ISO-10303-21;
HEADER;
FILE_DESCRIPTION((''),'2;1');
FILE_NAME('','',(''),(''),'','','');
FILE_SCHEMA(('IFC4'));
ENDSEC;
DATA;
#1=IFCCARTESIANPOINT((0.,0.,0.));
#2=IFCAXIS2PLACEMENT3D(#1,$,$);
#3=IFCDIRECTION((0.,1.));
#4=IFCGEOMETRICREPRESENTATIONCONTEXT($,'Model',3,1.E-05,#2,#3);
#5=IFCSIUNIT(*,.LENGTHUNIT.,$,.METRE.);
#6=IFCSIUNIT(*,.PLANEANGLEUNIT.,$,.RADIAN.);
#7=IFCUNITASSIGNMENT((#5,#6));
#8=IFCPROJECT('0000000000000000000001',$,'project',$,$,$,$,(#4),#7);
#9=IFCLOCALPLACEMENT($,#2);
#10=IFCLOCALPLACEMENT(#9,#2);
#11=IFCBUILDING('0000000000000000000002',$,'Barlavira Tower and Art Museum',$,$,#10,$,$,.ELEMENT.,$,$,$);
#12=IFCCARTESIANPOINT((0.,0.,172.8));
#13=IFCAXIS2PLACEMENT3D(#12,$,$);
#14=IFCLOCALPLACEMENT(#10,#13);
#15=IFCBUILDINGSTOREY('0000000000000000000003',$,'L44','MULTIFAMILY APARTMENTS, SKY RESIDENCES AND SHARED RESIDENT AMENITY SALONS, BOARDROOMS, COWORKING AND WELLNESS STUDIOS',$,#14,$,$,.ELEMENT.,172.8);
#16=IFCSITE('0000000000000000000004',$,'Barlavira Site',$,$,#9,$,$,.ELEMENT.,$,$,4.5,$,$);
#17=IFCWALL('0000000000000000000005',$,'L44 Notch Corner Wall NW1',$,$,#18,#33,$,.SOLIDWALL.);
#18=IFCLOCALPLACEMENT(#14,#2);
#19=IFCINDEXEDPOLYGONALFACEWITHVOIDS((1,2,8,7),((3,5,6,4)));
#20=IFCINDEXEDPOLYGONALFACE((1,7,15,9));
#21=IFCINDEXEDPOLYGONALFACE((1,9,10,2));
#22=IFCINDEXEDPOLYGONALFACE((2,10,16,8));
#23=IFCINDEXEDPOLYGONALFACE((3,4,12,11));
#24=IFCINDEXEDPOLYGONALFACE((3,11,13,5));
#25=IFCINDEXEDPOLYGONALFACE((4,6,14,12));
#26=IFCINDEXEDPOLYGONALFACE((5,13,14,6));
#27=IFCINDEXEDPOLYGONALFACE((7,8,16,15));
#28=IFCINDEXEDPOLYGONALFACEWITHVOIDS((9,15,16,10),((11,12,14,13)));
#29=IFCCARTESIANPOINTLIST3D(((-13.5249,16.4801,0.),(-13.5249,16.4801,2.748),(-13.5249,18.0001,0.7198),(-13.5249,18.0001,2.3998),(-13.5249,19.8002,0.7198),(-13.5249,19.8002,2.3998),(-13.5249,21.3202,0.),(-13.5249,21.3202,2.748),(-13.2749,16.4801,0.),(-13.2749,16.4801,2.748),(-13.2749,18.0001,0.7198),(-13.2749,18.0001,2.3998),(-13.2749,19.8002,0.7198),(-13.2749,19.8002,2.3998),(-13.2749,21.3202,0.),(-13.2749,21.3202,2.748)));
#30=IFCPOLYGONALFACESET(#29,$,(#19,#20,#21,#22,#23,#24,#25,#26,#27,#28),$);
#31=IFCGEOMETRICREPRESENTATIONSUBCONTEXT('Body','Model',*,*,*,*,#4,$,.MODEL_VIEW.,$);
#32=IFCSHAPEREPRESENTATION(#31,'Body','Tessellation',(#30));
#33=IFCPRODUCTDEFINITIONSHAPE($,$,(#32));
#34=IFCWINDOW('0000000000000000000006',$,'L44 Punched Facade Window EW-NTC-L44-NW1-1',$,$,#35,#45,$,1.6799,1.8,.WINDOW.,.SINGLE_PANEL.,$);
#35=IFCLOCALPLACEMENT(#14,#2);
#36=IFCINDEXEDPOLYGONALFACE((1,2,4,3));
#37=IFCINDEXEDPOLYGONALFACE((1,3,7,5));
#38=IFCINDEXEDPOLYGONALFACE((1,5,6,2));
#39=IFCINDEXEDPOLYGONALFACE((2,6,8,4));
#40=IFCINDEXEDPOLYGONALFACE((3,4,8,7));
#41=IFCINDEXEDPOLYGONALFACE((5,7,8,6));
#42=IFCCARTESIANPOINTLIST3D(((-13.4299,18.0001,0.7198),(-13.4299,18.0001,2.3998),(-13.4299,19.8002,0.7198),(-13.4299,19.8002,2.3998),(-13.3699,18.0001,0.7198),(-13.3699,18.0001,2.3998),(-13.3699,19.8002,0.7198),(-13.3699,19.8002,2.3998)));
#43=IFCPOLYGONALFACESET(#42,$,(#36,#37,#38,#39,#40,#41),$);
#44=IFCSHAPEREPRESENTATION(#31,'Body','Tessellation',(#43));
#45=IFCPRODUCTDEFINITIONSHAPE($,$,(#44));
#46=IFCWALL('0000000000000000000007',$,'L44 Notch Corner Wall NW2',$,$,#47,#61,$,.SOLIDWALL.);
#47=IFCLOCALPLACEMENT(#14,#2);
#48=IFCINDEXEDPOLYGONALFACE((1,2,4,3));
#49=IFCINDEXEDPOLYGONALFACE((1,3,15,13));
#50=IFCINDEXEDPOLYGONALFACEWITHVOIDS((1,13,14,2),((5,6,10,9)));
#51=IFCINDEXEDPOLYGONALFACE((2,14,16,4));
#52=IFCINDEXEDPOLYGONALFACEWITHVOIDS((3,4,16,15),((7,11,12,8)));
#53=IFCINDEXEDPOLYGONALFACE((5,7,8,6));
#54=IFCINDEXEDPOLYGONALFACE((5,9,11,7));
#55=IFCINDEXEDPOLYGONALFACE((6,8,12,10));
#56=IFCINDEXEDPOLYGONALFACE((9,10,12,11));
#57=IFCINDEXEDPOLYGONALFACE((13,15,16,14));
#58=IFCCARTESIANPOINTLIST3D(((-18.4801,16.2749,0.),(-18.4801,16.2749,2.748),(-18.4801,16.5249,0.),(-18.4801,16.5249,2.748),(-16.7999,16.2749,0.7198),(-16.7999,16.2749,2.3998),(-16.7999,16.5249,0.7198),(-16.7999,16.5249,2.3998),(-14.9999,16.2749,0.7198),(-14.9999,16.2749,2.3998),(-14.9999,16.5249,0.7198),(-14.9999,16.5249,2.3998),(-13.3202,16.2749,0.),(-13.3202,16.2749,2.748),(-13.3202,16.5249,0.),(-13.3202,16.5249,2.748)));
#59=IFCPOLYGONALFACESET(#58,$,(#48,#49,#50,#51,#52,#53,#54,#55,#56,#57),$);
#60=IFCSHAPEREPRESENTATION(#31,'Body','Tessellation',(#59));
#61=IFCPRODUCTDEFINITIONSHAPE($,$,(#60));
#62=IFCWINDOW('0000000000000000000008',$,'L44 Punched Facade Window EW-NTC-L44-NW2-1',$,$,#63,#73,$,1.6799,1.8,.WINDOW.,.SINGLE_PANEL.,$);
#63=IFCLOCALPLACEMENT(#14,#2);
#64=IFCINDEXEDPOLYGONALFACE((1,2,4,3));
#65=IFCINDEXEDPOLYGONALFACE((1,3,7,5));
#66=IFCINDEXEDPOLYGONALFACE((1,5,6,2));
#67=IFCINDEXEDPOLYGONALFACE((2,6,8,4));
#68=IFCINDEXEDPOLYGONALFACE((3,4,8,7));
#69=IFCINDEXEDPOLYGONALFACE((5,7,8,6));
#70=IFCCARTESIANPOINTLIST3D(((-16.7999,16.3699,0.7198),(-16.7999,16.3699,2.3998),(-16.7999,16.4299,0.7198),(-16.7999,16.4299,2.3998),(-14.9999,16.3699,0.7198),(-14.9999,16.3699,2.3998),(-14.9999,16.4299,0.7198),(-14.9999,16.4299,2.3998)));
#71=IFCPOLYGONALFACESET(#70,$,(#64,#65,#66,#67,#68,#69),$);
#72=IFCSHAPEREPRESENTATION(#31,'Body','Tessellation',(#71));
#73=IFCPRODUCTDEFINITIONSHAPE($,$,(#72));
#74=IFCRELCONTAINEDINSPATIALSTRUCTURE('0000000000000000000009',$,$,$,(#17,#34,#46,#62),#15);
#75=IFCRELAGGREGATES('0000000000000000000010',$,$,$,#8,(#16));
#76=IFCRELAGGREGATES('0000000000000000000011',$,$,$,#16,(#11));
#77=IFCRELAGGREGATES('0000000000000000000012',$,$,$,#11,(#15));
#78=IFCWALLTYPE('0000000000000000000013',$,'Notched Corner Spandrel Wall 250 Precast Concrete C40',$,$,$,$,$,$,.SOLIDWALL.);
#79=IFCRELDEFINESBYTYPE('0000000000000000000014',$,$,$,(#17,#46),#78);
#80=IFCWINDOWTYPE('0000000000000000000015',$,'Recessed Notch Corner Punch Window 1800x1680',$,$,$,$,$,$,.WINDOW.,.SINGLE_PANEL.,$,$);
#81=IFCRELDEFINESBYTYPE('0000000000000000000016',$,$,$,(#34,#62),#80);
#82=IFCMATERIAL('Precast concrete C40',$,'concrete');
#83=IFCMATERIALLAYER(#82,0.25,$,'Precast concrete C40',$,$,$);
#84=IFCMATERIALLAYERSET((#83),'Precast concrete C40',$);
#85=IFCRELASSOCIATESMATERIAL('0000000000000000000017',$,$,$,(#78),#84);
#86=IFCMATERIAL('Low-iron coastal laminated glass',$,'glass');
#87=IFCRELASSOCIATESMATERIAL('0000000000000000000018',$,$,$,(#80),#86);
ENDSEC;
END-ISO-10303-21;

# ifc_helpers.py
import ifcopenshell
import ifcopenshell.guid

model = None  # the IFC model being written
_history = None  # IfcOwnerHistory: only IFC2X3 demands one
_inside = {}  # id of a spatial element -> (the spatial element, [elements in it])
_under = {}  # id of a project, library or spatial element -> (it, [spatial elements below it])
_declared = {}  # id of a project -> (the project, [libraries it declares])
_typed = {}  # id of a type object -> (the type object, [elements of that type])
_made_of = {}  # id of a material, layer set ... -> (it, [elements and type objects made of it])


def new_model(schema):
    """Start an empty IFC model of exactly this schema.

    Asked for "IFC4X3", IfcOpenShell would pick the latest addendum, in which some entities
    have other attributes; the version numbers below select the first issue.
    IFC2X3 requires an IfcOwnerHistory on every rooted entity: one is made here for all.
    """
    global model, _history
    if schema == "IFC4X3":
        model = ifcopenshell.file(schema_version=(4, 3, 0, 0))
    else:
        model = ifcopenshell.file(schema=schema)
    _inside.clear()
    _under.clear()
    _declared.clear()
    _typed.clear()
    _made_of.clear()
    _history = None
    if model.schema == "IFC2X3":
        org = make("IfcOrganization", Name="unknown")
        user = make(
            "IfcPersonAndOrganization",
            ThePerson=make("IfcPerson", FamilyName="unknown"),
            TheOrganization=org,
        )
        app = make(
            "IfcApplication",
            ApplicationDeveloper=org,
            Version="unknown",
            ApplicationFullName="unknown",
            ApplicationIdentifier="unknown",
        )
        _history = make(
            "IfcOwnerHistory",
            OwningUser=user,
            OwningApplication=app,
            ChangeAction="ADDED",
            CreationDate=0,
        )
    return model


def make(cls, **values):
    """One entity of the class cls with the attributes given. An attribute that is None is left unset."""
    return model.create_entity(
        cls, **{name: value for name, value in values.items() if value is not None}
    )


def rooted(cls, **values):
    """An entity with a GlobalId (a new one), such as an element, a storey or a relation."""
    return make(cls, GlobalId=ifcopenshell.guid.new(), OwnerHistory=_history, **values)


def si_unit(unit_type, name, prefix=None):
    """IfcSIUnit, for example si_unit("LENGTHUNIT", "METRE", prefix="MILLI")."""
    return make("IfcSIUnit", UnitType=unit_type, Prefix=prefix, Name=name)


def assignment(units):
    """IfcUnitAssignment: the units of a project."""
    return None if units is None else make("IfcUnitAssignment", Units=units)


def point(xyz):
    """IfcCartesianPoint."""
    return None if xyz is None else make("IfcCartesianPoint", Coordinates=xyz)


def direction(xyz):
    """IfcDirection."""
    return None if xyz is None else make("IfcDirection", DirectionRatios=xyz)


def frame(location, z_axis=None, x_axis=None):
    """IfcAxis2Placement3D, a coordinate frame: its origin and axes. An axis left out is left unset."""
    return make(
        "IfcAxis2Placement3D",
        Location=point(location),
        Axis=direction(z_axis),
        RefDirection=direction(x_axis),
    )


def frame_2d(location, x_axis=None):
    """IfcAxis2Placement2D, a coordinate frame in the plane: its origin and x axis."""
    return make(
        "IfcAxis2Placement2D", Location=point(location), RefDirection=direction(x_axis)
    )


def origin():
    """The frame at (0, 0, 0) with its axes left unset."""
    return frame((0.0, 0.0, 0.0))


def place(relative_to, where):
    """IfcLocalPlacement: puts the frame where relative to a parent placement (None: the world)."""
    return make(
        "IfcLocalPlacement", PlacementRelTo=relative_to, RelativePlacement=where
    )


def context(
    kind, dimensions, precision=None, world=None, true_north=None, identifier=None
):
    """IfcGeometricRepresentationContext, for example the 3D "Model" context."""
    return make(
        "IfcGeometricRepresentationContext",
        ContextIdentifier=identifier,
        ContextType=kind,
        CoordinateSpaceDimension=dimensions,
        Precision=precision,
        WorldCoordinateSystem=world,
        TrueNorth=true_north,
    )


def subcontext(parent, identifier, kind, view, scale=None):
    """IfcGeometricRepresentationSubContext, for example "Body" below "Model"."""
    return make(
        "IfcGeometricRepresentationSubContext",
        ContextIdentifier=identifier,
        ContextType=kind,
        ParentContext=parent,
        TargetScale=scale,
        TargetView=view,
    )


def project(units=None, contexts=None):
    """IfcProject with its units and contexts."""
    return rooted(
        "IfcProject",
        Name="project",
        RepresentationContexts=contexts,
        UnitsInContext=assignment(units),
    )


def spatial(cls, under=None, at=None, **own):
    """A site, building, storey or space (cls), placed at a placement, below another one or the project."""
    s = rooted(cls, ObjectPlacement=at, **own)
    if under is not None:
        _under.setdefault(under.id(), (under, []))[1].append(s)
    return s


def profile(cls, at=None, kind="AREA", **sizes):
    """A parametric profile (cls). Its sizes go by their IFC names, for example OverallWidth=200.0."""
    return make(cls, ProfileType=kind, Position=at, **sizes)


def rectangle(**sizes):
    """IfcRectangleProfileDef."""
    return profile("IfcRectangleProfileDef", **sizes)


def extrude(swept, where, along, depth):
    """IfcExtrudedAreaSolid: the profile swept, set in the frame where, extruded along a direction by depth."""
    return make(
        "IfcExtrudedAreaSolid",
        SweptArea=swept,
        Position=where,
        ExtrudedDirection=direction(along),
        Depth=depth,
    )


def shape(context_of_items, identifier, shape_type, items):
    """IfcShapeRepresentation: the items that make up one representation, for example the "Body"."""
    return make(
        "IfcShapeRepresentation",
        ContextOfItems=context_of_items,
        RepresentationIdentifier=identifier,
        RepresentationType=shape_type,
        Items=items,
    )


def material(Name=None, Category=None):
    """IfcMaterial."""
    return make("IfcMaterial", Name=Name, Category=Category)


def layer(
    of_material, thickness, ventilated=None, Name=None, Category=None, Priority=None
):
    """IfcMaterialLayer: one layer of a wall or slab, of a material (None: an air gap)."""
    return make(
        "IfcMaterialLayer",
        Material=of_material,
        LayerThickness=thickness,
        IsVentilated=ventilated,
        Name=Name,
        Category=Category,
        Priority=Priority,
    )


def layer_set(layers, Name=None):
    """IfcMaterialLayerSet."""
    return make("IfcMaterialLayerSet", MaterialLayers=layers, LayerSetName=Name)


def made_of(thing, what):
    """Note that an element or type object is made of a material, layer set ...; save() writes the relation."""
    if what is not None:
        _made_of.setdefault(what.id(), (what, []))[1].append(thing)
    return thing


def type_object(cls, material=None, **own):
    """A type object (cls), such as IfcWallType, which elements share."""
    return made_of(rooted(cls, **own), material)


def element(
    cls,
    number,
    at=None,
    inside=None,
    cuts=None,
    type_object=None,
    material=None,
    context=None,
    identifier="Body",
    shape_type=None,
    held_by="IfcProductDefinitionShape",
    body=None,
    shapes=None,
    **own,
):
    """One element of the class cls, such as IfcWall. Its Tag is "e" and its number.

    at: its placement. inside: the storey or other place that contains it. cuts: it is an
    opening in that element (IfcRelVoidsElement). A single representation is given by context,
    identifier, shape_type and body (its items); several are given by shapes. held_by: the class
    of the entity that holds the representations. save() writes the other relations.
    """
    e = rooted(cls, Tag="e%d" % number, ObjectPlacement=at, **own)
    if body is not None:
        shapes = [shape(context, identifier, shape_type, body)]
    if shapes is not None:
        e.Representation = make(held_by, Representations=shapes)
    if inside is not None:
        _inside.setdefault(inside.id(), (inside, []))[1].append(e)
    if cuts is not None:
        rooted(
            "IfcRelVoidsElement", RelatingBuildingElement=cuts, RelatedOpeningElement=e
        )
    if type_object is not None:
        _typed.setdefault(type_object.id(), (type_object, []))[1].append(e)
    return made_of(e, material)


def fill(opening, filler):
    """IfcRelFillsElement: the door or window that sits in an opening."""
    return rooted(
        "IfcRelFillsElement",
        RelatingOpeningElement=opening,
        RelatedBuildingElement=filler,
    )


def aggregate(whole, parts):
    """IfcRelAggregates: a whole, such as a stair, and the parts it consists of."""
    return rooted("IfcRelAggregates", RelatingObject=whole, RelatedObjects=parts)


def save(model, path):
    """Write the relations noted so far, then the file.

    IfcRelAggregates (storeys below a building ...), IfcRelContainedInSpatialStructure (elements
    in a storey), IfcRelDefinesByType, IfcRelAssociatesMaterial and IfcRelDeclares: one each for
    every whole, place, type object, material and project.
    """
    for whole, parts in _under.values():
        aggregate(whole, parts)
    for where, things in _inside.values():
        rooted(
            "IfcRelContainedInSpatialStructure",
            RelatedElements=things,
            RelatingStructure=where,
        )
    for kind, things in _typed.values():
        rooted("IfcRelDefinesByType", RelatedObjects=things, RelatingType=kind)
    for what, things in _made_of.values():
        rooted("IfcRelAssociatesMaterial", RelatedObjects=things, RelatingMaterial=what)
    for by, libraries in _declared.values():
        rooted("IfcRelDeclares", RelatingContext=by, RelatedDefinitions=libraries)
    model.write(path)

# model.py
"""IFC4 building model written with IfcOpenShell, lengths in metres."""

from ifc_helpers import new_model, si_unit, direction, frame, frame_2d, origin, place, context, subcontext, project, spatial, rectangle, extrude, material, layer, layer_set, type_object, element, fill, save


model = new_model("IFC4")

# Units and contexts
model_context = context("Model", 3, precision=1e-05, world=origin(), true_north=direction((0.0, 1.0)))
body_context = subcontext(model_context, "Body", "Model", "MODEL_VIEW")
ifc_project = project(units=[si_unit("LENGTHUNIT", "METRE"), si_unit("PLANEANGLEUNIT", "RADIAN")], contexts=[model_context])

# Site, building, storey
site_placement = place(None, origin())
site = spatial("IfcSite", under=ifc_project, at=site_placement, Name="Barlavira Site", CompositionType="ELEMENT", RefElevation=4.5)
building_placement = place(site_placement, origin())
building = spatial("IfcBuilding", under=site, at=building_placement, Name="Barlavira Tower and Art Museum", CompositionType="ELEMENT")
storey_placement = place(building_placement, frame((0.0, 0.0, 172.8)))
storey = spatial("IfcBuildingStorey", under=building, at=storey_placement, Name="L44", Description="MULTIFAMILY APARTMENTS, SKY RESIDENCES AND SHARED RESIDENT AMENITY SALONS, BOARDROOMS, COWORKING AND WELLNESS STUDIOS", CompositionType="ELEMENT", Elevation=172.8)

# Walls, openings, windows
ifc_material_1 = material(Name="Precast concrete C40", Category="concrete")
ifc_layer_1 = layer(ifc_material_1, 0.25, Name="Precast concrete C40")
ifc_layer_set_1 = layer_set([ifc_layer_1], Name="Precast concrete C40")
wall_type_1 = type_object("IfcWallType", Name="Notched Corner Spandrel Wall 250 Precast Concrete C40", PredefinedType="SOLIDWALL", material=ifc_layer_set_1)
ifc_material_2 = material(Name="Low-iron coastal laminated glass", Category="glass")
window_type_1 = type_object("IfcWindowType", Name="Recessed Notch Corner Punch Window 1800x1680", PartitioningType="SINGLE_PANEL", PredefinedType="WINDOW", material=ifc_material_2)
wall_1_placement = place(storey_placement, frame((-13.3999, 21.3201, 0.0), z_axis=(0.0, 0.0, 1.0), x_axis=(0.0, -1.0, 0.0)))
wall_1 = element("IfcWall", 1, at=wall_1_placement, inside=storey, type_object=wall_type_1, Name="L44 Notch Corner Wall NW1", PredefinedType="SOLIDWALL", context=body_context, shape_type="SweptSolid", body=[
    extrude(rectangle(XDim=4.8401, YDim=0.25, at=frame_2d((2.4199, 0.0))), origin(), (0.0, 0.0, 1.0), 2.748),
])
opening_1_placement = place(wall_1_placement, frame((1.52, 0.0, 0.72)))
opening_1 = element("IfcOpeningElement", 2, at=opening_1_placement, cuts=wall_1, PredefinedType="OPENING", context=body_context, shape_type="SweptSolid", body=[
    extrude(rectangle(XDim=1.8, YDim=1.6799, at=frame_2d((0.8999, 0.8398))), frame((0.0, 0.135, 0.0), z_axis=(0.0, -1.0, 0.0), x_axis=(1.0, 0.0, 0.0)), (0.0, 0.0, 1.0), 0.27),
])
window_1_placement = place(opening_1_placement, origin())
window_1 = element("IfcWindow", 3, at=window_1_placement, inside=storey, type_object=window_type_1, Name="L44 Punched Facade Window EW-NTC-L44-NW1-1", OverallHeight=1.6799, OverallWidth=1.8, PartitioningType="SINGLE_PANEL", PredefinedType="WINDOW", context=body_context, shape_type="SweptSolid", body=[
    extrude(rectangle(XDim=1.8, YDim=1.6799, at=frame_2d((0.8999, 0.8398))), frame((0.0, 0.03, 0.0), z_axis=(0.0, -1.0, 0.0), x_axis=(1.0, 0.0, 0.0)), (0.0, 0.0, 1.0), 0.0601),
])
fill(opening_1, window_1)
wall_2_placement = place(storey_placement, frame((-13.3201, 16.3999, 0.0), z_axis=(0.0, 0.0, 1.0), x_axis=(-1.0, 0.0, 0.0)))
wall_2 = element("IfcWall", 4, at=wall_2_placement, inside=storey, type_object=wall_type_1, Name="L44 Notch Corner Wall NW2", PredefinedType="SOLIDWALL", context=body_context, shape_type="SweptSolid", body=[
    extrude(rectangle(XDim=5.1599, YDim=0.25, at=frame_2d((2.5801, 0.0))), origin(), (0.0, 0.0, 1.0), 2.748),
])
opening_2_placement = place(wall_2_placement, frame((1.6799, 0.0, 0.72)))
opening_2 = element("IfcOpeningElement", 5, at=opening_2_placement, cuts=wall_2, PredefinedType="OPENING", context=body_context, shape_type="SweptSolid", body=[
    extrude(rectangle(XDim=1.8, YDim=1.6799, at=frame_2d((0.8999, 0.8398))), frame((0.0, 0.135, 0.0), z_axis=(0.0, -1.0, 0.0), x_axis=(1.0, 0.0, 0.0)), (0.0, 0.0, 1.0), 0.27),
])
window_2_placement = place(opening_2_placement, origin())
window_2 = element("IfcWindow", 6, at=window_2_placement, inside=storey, type_object=window_type_1, Name="L44 Punched Facade Window EW-NTC-L44-NW2-1", OverallHeight=1.6799, OverallWidth=1.8, PartitioningType="SINGLE_PANEL", PredefinedType="WINDOW", context=body_context, shape_type="SweptSolid", body=[
    extrude(rectangle(XDim=1.8, YDim=1.6799, at=frame_2d((0.8999, 0.8398))), frame((0.0, 0.03, 0.0), z_axis=(0.0, -1.0, 0.0), x_axis=(1.0, 0.0, 0.0)), (0.0, 0.0, 1.0), 0.0601),
])
fill(opening_2, window_2)

save(model, "model.ifc")
